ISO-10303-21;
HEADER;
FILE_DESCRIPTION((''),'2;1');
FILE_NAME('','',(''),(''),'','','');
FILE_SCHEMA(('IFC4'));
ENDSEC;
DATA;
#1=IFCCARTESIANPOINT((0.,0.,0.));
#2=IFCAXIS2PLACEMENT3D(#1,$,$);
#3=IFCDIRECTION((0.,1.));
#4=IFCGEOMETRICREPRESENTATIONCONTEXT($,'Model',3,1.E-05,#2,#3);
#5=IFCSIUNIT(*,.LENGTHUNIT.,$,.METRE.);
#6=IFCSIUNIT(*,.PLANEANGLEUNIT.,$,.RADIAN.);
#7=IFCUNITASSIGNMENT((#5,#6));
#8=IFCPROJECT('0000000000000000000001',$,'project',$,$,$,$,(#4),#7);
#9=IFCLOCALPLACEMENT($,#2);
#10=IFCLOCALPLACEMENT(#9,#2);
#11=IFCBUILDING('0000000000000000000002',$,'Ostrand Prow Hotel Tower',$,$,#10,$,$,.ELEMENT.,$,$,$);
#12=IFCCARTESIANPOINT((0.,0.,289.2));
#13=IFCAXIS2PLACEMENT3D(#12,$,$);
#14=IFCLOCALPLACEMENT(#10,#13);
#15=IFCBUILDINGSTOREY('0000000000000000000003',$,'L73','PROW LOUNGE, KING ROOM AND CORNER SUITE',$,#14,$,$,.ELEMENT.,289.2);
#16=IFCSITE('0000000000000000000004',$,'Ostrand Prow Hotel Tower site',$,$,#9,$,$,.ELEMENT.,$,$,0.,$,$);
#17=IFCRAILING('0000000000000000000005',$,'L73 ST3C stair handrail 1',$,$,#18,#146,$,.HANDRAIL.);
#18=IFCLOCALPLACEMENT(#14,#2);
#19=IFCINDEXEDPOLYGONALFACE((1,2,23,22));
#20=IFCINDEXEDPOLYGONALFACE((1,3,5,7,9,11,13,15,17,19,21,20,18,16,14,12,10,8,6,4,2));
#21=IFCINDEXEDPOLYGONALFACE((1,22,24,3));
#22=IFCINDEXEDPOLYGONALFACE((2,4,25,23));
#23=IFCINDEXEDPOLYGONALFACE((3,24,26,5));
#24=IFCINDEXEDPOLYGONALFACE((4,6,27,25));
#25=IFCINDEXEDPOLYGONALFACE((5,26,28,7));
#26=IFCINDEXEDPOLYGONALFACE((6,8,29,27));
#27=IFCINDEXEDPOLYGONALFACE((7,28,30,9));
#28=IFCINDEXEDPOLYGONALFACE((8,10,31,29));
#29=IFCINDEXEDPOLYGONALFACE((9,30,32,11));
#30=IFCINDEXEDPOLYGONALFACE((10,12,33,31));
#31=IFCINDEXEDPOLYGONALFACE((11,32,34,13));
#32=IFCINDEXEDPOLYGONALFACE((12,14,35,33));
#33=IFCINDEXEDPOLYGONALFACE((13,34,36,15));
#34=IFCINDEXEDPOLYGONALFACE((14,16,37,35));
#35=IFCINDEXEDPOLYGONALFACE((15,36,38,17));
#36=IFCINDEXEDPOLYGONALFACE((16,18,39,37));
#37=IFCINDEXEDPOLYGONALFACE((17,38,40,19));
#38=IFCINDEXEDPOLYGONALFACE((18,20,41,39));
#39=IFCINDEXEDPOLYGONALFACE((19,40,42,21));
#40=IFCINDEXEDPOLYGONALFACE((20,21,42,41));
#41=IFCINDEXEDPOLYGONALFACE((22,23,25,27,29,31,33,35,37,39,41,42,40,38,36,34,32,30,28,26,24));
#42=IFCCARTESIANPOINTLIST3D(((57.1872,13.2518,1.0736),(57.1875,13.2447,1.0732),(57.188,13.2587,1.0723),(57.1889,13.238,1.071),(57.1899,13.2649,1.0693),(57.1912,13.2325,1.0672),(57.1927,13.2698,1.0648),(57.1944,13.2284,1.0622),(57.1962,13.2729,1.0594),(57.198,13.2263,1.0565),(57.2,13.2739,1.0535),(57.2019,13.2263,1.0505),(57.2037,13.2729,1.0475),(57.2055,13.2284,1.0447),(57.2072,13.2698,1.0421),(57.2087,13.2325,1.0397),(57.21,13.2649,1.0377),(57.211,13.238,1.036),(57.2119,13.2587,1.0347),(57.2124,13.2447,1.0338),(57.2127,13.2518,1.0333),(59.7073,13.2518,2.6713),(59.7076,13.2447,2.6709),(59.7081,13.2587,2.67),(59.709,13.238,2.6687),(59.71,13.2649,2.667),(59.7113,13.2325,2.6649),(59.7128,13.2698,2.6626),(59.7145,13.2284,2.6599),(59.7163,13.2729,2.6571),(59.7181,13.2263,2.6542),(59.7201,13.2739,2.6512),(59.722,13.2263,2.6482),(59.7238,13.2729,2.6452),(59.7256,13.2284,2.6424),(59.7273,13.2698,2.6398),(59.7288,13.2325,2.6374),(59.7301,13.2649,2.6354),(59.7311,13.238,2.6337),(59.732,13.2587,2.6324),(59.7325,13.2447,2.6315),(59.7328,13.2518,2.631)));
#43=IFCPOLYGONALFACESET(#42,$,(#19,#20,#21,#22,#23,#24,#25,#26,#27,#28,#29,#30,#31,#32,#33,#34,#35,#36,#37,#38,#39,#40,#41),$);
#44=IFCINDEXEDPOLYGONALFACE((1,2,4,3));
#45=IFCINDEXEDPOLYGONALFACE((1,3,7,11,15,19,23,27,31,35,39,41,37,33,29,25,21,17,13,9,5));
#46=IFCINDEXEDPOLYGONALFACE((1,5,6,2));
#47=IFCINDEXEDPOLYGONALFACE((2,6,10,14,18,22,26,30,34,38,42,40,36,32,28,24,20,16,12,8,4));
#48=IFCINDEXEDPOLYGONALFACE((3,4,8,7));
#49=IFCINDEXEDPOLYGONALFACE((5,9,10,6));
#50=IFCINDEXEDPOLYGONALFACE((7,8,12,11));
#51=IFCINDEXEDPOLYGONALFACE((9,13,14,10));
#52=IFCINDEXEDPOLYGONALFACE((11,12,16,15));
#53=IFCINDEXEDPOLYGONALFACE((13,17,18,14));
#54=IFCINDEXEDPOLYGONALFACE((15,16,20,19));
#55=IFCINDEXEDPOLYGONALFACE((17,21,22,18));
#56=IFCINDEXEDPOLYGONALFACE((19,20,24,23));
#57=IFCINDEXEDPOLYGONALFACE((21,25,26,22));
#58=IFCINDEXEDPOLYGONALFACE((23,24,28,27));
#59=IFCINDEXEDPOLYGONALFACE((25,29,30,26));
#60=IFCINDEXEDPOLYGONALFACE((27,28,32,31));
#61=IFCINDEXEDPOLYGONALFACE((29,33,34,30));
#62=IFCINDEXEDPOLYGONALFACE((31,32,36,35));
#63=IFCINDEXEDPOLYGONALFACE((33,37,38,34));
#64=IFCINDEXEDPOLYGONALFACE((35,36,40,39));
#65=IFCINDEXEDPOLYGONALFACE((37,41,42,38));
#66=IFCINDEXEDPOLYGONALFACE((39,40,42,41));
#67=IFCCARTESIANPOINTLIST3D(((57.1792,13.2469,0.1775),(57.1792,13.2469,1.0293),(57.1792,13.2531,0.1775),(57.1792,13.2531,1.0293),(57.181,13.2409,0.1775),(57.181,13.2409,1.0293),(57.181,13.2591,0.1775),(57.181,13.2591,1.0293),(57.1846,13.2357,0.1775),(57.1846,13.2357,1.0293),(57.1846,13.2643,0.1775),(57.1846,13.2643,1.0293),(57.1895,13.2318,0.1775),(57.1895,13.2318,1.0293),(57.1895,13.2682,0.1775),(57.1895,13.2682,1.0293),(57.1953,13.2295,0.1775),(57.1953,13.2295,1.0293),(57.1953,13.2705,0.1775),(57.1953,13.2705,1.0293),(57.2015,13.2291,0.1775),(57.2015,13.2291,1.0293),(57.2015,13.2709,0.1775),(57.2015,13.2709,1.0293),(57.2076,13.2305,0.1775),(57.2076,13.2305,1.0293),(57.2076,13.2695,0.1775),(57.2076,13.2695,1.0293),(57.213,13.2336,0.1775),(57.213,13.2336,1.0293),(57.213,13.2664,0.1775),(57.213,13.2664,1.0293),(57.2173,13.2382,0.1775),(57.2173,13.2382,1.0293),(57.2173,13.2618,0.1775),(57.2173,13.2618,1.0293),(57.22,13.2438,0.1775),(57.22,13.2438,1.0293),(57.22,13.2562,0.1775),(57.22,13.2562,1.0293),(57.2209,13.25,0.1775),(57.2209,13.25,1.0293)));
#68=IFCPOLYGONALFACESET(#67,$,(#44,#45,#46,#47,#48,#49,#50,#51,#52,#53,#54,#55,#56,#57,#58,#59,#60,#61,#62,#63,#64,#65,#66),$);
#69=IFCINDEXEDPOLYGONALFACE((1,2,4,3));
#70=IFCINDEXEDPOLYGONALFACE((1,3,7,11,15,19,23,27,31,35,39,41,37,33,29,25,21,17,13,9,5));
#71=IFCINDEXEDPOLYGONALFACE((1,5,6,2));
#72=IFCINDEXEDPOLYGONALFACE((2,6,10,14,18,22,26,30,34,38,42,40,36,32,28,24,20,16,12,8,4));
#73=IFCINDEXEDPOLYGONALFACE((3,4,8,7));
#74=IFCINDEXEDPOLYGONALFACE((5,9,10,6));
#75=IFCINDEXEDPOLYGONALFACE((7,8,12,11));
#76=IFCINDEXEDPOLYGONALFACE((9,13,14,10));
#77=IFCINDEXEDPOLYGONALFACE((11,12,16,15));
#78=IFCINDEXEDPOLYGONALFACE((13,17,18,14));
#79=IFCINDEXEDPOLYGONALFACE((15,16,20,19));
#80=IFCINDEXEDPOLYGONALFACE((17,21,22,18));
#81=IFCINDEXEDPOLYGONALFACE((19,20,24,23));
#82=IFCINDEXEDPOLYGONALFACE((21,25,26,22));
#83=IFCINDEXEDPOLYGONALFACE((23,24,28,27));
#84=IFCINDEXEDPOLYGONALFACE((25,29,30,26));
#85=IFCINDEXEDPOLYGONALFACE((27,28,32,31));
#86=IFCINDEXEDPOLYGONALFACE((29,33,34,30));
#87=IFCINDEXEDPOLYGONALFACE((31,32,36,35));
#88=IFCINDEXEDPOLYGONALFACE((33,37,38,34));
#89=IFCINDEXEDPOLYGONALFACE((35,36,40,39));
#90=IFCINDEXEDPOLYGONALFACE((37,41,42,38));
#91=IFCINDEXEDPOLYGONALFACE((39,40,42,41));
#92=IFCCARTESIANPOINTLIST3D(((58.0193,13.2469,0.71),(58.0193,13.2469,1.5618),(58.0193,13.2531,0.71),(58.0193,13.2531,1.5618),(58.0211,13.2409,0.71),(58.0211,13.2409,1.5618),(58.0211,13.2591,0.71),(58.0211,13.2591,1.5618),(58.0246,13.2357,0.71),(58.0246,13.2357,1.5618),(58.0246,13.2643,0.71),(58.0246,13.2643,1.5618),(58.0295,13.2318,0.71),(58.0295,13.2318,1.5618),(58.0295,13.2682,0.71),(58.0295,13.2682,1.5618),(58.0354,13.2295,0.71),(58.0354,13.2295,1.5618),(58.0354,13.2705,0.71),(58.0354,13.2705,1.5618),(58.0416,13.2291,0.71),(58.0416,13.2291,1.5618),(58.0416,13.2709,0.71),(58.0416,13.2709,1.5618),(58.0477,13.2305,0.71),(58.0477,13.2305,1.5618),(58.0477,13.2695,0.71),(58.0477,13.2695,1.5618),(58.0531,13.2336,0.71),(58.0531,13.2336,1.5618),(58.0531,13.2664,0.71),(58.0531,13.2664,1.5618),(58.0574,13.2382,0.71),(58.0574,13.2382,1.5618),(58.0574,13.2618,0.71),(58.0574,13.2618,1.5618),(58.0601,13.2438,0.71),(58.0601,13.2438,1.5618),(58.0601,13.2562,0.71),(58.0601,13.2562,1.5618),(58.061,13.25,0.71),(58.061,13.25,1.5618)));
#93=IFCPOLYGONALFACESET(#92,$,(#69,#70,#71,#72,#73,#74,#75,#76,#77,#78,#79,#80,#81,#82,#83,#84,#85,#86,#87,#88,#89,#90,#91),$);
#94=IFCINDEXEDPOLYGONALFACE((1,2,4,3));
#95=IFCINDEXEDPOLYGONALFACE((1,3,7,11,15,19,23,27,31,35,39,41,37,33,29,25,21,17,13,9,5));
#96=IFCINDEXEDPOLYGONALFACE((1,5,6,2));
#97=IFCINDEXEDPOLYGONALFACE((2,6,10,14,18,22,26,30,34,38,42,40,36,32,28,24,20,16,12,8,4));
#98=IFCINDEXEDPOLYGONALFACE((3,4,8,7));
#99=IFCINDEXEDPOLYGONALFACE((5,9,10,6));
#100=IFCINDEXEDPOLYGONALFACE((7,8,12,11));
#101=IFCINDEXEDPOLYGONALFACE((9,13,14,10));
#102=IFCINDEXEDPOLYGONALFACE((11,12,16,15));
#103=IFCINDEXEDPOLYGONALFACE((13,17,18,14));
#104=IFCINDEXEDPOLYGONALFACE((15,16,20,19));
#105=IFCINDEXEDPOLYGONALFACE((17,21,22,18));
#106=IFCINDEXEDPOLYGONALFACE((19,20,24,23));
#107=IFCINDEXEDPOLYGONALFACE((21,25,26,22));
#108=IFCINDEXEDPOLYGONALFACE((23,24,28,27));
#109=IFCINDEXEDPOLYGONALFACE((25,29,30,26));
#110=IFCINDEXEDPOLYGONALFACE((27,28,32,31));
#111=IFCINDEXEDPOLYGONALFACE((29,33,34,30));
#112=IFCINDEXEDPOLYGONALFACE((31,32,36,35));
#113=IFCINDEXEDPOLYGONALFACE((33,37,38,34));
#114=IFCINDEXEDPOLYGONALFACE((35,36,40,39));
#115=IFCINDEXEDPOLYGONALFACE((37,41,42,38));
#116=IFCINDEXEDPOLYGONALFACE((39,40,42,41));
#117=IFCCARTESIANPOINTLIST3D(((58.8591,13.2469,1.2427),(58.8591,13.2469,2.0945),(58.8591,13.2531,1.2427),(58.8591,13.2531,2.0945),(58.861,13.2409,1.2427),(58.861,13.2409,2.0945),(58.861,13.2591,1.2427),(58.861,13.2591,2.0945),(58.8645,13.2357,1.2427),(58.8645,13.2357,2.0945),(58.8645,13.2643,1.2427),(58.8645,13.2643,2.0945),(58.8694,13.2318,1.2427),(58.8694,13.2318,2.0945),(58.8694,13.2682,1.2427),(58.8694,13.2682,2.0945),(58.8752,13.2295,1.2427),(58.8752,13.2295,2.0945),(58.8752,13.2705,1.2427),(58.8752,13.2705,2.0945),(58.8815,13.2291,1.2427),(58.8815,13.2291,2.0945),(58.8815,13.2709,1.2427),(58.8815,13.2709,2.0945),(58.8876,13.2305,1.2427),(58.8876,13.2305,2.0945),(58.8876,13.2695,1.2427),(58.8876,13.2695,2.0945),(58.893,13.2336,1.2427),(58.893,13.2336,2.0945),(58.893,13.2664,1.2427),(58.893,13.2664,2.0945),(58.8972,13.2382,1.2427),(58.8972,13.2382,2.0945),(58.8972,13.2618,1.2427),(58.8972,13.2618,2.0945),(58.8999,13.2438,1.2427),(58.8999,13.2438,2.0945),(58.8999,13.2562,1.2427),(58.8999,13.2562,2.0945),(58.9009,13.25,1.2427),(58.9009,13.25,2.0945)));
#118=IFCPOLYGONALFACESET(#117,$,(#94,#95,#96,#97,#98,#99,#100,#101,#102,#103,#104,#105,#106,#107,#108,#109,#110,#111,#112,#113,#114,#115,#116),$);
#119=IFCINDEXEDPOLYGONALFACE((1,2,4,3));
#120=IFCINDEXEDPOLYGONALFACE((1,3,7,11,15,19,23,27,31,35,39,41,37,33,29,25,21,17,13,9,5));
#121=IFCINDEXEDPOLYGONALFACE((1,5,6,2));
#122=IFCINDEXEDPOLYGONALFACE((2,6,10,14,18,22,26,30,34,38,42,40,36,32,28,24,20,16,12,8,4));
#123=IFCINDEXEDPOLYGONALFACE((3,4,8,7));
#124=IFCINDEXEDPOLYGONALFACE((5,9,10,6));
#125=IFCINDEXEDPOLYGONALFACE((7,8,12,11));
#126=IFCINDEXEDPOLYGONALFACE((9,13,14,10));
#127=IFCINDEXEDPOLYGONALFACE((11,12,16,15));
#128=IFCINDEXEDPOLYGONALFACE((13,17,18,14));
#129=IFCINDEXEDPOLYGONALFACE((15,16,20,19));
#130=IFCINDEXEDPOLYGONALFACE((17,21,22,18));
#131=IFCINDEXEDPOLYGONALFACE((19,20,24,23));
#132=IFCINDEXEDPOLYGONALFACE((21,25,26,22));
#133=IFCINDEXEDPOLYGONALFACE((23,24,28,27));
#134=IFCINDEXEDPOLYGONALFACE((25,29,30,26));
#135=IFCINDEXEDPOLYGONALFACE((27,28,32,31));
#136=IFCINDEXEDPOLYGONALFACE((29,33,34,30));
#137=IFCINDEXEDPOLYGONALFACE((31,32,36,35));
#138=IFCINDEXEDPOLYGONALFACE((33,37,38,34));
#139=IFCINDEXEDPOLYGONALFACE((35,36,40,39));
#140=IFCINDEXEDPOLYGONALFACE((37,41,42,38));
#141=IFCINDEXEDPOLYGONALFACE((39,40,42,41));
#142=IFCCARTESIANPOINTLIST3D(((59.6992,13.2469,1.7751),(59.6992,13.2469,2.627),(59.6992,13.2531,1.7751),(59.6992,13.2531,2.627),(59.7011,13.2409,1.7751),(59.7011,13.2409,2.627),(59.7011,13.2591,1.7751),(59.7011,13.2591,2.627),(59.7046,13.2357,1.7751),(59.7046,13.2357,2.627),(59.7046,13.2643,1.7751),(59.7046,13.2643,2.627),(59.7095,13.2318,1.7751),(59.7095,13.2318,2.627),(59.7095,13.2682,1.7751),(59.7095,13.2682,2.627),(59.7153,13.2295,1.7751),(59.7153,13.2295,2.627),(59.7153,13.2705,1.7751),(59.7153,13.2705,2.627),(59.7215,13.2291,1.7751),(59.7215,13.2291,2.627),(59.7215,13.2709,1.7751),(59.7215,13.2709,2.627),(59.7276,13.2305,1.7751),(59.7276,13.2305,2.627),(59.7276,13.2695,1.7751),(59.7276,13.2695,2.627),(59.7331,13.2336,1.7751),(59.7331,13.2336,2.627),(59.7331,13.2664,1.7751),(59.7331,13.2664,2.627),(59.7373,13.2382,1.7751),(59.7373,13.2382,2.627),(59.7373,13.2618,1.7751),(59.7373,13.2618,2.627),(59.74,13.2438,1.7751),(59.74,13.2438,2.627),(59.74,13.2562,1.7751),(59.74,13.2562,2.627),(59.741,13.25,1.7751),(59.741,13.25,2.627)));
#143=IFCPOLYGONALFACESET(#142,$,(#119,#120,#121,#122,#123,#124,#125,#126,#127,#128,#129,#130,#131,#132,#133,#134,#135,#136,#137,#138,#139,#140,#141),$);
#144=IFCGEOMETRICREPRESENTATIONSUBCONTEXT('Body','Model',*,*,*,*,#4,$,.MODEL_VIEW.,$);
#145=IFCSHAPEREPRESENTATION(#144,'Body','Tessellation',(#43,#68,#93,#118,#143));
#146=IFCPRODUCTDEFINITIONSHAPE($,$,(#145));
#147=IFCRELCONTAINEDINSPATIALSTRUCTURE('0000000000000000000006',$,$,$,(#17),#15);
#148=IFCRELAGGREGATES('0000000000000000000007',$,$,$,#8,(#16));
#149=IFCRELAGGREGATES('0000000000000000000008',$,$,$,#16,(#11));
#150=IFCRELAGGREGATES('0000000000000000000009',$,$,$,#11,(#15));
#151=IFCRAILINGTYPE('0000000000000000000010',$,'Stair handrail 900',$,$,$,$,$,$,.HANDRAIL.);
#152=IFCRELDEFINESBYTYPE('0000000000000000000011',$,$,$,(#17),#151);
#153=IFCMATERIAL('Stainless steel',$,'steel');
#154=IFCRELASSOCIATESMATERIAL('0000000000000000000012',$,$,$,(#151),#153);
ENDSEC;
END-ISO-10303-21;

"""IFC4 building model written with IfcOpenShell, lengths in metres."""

from ifc_helpers import new_model, si_unit, direction, frame, origin, origin_2d, place, context, subcontext, project, spatial, circle, extrude, material, type_object, element, save


model = new_model("IFC4")

# Units and contexts
model_context = context("Model", 3, precision=1e-05, world=origin(), true_north=direction((0.0, 1.0)))
body_context = subcontext(model_context, "Body", "Model", "MODEL_VIEW")
ifc_project = project(units=[si_unit("LENGTHUNIT", "METRE"), si_unit("PLANEANGLEUNIT", "RADIAN")], contexts=[model_context])

# Site, building, storey
site_placement = place(None, origin())
site = spatial("IfcSite", under=ifc_project, at=site_placement, Name="Ostrand Prow Hotel Tower site", CompositionType="ELEMENT", RefElevation=0.0)
building_placement = place(site_placement, origin())
building = spatial("IfcBuilding", under=site, at=building_placement, Name="Ostrand Prow Hotel Tower", CompositionType="ELEMENT")
storey_placement = place(building_placement, frame((0.0, 0.0, 289.2)))
storey = spatial("IfcBuildingStorey", under=building, at=storey_placement, Name="L73", Description="PROW LOUNGE, KING ROOM AND CORNER SUITE", CompositionType="ELEMENT", Elevation=289.2)

# Railing
ifc_material_1 = material(Name="Stainless steel", Category="steel")
railing_type_1 = type_object("IfcRailingType", Name="Stair handrail 900", PredefinedType="HANDRAIL", material=ifc_material_1)
railing_1_placement = place(storey_placement, frame((57.2, 13.25, 0.1775)))
element("IfcRailing", 1, at=railing_1_placement, inside=storey, type_object=railing_type_1, Name="L73 ST3C stair handrail 1", PredefinedType="HANDRAIL", context=body_context, shape_type="SweptSolid", body=[
    extrude(circle(Radius=0.0239, at=origin_2d()), frame((0.0, 0.0, 0.876), z_axis=(0.84457, 0.0, 0.535445), x_axis=(0.0, 1.0, 0.0)), (0.0, 0.0, 1.0), 2.9839),
    extrude(circle(Radius=0.021, at=origin_2d()), origin(), (0.0, 0.0, 1.0), 0.8518),
    extrude(circle(Radius=0.021, at=origin_2d()), frame((0.8401, 0.0, 0.5325)), (0.0, 0.0, 1.0), 0.8518),
    extrude(circle(Radius=0.021, at=origin_2d()), frame((1.6799, 0.0, 1.0652)), (0.0, 0.0, 1.0), 0.8518),
    extrude(circle(Radius=0.021, at=origin_2d()), frame((2.52, 0.0, 1.5977)), (0.0, 0.0, 1.0), 0.8518),
])

save(model, "model.ifc")
